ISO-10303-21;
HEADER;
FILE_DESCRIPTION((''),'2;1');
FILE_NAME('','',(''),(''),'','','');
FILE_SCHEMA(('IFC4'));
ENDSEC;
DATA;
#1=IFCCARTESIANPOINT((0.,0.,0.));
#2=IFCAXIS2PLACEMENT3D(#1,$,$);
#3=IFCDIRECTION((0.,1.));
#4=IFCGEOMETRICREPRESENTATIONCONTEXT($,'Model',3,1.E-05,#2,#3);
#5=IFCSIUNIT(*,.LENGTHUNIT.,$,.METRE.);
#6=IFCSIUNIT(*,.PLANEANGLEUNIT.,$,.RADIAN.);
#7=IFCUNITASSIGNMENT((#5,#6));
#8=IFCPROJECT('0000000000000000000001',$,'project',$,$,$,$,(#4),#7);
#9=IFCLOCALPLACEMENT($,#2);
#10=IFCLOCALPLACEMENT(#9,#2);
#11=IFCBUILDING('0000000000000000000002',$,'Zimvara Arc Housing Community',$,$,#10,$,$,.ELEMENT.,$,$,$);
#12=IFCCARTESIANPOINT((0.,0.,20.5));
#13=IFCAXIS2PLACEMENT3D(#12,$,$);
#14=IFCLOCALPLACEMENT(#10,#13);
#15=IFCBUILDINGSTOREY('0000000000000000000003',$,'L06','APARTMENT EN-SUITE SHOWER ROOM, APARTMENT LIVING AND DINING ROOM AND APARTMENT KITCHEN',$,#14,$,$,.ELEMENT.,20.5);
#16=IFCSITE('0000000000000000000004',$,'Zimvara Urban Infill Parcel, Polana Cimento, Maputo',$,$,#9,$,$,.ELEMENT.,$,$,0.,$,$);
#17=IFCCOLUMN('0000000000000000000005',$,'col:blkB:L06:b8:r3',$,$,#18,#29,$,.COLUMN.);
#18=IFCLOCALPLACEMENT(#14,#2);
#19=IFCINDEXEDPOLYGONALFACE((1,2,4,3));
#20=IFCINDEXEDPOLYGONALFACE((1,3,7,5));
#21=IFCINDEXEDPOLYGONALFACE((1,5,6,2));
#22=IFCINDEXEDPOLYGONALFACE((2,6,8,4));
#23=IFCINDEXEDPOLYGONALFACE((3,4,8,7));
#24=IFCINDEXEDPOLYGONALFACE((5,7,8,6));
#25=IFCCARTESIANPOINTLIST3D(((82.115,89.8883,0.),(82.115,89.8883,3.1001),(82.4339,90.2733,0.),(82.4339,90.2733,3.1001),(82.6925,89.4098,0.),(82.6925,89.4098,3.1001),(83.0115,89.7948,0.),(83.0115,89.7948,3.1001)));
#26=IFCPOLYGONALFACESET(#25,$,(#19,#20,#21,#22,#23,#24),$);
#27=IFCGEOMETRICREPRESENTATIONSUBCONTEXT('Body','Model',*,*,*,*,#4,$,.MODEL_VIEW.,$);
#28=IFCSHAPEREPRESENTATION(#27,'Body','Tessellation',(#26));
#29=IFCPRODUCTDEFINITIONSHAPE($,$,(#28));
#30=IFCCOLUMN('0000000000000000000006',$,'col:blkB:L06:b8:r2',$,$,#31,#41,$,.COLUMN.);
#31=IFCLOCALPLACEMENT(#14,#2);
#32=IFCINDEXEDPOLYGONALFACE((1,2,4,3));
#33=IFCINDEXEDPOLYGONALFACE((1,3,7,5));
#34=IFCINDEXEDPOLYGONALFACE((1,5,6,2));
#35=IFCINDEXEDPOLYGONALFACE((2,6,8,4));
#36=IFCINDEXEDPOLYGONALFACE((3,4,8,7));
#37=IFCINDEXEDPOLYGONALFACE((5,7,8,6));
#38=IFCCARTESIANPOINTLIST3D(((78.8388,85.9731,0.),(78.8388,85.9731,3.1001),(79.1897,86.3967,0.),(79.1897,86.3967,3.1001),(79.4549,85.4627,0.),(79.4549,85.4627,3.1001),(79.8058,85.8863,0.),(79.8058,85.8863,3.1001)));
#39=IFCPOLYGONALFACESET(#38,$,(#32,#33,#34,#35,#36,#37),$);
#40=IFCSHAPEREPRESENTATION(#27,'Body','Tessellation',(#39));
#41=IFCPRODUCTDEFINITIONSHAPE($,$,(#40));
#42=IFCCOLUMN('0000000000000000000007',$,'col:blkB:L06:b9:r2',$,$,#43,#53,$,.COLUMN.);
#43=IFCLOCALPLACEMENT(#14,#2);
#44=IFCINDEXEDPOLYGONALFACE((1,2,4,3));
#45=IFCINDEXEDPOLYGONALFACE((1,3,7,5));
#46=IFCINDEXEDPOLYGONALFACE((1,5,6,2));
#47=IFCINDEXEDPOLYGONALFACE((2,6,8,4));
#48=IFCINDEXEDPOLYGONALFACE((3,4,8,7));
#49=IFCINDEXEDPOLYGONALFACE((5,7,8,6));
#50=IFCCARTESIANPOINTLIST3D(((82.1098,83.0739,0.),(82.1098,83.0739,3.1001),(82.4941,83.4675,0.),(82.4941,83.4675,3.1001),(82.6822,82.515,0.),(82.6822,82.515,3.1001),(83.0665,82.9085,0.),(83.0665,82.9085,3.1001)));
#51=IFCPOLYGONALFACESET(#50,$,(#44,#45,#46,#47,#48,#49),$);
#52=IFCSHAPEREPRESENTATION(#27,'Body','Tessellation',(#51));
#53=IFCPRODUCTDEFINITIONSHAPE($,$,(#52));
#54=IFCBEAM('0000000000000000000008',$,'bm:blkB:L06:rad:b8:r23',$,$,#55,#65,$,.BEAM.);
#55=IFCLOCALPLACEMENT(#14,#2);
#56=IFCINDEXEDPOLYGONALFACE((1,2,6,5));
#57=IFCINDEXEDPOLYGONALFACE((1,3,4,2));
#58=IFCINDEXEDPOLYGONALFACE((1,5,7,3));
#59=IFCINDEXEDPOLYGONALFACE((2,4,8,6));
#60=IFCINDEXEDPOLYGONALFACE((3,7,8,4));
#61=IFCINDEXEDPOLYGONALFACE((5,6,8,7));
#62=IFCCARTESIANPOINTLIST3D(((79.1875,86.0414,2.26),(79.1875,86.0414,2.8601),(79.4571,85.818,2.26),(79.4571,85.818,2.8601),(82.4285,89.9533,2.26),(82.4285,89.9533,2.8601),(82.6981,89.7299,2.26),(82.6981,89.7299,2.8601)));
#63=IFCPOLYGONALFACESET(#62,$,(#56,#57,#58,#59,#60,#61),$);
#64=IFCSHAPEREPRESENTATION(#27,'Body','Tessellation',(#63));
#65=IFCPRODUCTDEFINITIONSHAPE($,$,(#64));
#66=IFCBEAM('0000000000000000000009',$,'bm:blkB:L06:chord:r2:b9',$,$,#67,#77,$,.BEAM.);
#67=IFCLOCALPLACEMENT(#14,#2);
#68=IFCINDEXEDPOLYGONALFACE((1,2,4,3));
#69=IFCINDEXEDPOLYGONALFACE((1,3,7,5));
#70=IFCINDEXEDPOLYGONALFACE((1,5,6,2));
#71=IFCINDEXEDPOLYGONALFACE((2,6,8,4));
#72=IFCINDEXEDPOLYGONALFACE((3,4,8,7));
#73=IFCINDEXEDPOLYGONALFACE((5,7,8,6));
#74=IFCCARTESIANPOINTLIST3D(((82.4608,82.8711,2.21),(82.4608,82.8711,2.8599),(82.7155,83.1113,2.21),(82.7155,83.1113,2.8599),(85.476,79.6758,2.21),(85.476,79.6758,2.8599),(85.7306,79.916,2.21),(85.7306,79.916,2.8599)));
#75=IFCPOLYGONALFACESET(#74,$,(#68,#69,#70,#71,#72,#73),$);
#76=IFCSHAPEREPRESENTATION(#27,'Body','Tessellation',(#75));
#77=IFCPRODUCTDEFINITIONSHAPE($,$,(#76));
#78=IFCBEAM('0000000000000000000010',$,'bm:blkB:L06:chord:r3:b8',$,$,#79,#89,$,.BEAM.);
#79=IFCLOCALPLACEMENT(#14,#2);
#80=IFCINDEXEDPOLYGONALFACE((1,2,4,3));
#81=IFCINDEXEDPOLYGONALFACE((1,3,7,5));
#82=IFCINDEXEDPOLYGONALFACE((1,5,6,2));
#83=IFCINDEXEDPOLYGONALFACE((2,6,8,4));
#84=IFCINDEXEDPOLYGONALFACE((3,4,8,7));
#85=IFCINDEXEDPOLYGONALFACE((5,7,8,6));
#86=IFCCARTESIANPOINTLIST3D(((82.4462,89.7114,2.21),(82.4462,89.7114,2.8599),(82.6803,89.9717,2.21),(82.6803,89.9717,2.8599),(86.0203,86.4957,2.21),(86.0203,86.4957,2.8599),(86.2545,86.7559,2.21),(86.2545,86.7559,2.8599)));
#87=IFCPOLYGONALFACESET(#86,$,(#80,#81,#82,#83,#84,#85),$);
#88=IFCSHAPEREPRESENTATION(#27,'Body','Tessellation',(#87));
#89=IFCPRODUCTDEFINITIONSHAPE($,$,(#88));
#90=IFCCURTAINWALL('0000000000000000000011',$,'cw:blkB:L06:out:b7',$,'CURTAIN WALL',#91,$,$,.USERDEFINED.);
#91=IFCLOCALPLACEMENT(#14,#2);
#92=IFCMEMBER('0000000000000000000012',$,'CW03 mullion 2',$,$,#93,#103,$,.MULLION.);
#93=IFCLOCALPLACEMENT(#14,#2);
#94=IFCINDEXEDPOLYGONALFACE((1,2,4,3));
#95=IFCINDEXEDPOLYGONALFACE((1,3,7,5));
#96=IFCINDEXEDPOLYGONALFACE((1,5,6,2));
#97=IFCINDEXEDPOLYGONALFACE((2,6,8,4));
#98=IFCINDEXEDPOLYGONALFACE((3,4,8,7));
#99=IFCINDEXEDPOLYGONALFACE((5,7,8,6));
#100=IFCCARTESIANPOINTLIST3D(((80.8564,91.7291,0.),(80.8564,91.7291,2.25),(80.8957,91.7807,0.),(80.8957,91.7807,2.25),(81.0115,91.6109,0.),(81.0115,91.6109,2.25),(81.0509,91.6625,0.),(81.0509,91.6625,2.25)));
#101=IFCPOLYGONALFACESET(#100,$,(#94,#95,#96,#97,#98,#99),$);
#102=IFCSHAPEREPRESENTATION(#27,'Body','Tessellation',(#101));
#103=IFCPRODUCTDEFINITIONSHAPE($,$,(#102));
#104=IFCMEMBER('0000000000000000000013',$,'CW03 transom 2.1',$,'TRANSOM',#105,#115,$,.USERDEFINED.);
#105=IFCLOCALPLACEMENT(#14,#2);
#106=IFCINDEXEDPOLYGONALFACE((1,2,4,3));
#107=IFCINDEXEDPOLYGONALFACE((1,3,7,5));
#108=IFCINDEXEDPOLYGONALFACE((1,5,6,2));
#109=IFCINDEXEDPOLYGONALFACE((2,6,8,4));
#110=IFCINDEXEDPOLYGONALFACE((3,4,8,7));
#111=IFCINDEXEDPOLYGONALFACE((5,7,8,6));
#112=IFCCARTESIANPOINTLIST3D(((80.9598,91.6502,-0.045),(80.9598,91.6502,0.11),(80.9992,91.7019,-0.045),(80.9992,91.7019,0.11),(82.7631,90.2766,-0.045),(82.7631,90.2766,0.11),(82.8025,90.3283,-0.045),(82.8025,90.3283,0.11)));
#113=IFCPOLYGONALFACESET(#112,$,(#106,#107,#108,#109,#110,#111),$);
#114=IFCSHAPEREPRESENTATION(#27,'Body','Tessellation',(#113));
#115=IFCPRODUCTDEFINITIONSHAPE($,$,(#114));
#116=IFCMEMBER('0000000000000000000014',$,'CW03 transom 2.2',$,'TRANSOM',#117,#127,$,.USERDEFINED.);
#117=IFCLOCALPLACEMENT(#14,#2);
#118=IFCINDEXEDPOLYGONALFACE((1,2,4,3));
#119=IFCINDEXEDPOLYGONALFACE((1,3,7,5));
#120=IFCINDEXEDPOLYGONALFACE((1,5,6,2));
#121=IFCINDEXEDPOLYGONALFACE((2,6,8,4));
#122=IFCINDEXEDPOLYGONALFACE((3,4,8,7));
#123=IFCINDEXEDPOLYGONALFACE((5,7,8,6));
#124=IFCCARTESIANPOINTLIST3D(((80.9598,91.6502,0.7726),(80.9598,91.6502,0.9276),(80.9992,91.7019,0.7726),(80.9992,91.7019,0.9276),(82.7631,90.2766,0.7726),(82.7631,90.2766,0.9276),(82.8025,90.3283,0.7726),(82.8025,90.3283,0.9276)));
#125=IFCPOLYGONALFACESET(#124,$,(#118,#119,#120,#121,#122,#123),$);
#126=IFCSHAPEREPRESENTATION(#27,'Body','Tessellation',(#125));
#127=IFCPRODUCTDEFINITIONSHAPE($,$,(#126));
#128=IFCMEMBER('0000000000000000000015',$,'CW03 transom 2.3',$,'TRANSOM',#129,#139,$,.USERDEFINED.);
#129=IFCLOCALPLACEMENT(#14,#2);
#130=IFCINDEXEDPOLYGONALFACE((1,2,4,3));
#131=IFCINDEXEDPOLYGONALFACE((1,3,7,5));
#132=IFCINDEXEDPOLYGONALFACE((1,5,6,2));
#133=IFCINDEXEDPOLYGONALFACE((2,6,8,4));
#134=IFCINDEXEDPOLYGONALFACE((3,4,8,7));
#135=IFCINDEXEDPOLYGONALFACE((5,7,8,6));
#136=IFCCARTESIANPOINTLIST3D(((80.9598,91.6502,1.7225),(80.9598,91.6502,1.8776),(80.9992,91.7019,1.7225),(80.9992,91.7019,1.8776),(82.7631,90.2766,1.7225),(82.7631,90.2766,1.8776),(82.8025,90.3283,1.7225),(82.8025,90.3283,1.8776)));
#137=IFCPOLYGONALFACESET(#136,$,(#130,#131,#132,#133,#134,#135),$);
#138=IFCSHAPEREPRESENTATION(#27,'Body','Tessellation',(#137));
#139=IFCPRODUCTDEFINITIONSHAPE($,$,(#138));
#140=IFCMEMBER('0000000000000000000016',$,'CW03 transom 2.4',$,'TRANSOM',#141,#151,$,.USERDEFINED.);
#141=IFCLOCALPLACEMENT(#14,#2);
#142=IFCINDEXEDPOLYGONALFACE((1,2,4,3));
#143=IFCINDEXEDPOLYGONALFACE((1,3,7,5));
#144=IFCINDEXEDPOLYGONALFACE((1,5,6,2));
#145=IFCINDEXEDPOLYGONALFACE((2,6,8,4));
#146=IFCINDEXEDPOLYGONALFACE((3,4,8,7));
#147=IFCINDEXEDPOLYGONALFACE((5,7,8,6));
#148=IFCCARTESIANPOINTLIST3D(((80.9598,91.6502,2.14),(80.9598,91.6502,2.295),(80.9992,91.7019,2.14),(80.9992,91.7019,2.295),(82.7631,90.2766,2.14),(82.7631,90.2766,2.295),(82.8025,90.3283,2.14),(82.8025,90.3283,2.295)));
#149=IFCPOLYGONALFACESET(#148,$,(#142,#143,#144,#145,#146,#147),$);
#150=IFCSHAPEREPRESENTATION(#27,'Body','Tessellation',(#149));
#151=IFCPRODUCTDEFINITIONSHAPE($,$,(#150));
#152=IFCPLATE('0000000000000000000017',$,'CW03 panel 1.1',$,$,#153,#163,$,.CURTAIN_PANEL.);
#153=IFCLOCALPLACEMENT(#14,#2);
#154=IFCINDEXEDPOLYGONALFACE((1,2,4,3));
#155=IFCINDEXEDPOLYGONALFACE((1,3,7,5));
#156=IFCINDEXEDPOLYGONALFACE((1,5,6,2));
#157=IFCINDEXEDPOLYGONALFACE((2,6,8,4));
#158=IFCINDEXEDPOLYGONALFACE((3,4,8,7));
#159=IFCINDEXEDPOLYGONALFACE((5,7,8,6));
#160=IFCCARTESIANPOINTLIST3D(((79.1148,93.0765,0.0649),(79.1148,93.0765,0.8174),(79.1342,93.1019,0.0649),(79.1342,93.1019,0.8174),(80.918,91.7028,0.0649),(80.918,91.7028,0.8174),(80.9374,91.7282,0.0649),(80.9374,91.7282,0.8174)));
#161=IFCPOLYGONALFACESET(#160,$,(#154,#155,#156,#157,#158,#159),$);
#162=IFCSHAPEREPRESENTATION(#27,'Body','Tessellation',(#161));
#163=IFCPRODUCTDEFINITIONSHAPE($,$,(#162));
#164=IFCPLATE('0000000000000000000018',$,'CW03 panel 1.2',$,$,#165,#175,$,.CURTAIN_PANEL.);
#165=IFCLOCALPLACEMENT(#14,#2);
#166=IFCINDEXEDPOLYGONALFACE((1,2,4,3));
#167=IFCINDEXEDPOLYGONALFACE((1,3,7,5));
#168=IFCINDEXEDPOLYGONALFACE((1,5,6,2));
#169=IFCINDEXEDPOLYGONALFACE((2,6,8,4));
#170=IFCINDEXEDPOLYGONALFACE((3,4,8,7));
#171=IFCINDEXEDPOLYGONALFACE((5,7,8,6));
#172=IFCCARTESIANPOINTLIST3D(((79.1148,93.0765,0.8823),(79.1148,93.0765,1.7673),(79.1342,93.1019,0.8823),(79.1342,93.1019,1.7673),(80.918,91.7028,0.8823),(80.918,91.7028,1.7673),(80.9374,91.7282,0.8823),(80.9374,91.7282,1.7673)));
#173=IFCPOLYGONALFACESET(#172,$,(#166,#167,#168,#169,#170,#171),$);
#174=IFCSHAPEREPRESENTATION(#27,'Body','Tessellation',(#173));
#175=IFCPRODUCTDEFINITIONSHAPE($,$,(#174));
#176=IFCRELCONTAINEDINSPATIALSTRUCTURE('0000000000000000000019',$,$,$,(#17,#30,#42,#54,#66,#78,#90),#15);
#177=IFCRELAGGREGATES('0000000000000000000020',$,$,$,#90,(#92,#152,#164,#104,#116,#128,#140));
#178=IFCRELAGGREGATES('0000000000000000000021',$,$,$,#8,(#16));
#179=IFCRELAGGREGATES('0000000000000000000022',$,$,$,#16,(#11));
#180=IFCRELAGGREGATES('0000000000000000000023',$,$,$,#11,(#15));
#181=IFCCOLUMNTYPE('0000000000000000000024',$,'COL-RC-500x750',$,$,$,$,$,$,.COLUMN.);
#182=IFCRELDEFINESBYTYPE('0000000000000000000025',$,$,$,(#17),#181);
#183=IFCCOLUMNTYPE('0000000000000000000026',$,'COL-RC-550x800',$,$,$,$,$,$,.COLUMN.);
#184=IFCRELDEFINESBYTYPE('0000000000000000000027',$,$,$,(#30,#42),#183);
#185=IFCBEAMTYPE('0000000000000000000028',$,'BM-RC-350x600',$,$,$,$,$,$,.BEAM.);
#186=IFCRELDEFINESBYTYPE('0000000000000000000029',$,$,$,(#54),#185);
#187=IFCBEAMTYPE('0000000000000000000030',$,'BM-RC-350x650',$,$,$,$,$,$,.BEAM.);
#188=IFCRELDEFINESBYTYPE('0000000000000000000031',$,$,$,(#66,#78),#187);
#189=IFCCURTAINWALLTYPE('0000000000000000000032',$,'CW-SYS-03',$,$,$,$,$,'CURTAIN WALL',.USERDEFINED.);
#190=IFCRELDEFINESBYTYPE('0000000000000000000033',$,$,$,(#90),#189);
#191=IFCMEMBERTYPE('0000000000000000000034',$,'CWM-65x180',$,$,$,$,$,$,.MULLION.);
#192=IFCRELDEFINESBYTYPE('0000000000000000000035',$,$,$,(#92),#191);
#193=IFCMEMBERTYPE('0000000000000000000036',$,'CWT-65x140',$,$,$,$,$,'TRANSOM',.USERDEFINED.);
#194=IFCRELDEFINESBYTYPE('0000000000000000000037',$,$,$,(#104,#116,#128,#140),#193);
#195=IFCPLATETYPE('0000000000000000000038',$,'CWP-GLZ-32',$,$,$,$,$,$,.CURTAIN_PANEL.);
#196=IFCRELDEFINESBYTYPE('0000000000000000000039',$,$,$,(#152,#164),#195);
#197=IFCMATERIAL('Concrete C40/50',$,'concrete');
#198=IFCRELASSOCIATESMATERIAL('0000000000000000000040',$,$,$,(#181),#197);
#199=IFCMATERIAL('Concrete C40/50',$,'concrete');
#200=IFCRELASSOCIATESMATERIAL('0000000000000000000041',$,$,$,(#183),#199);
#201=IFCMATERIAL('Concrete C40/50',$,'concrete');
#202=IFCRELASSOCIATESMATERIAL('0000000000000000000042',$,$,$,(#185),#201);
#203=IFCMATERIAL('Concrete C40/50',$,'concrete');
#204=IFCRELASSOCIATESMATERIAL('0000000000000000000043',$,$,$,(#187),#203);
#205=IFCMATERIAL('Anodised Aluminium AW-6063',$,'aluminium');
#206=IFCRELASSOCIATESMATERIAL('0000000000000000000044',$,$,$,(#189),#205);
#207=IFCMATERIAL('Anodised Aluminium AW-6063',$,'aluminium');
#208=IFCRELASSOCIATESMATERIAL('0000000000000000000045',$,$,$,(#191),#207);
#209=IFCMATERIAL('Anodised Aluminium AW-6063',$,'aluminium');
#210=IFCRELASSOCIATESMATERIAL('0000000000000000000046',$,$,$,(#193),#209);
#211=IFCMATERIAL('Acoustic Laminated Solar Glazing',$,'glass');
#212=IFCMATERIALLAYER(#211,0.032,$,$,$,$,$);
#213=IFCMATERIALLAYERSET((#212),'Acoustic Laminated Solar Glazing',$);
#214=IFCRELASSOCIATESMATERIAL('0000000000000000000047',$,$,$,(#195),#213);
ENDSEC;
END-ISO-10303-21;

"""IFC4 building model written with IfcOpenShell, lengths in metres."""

from ifc_helpers import new_model, si_unit, direction, frame, origin, origin_2d, place, context, subcontext, project, spatial, rectangle, extrude, material, layer, layer_set, material_profile, profile_set, type_object, element, aggregate, save


model = new_model("IFC4")

# Units and contexts
model_context = context("Model", 3, precision=1e-05, world=origin(), true_north=direction((0.0, 1.0)))
body_context = subcontext(model_context, "Body", "Model", "MODEL_VIEW")
ifc_project = project(units=[si_unit("LENGTHUNIT", "METRE"), si_unit("PLANEANGLEUNIT", "RADIAN")], contexts=[model_context])

# Site, building, storey
site_placement = place(None, origin())
site = spatial("IfcSite", under=ifc_project, at=site_placement, Name="Zimvara Urban Infill Parcel, Polana Cimento, Maputo", CompositionType="ELEMENT", RefElevation=0.0)
building_placement = place(site_placement, origin())
building = spatial("IfcBuilding", under=site, at=building_placement, Name="Zimvara Arc Housing Community", CompositionType="ELEMENT")
storey_placement = place(building_placement, frame((0.0, 0.0, 20.5)))
storey = spatial("IfcBuildingStorey", under=building, at=storey_placement, Name="L06", Description="APARTMENT EN-SUITE SHOWER ROOM, APARTMENT LIVING AND DINING ROOM AND APARTMENT KITCHEN", CompositionType="ELEMENT", Elevation=20.5)

# Columns
ifc_material_1 = material(Name="Concrete C40/50", Category="concrete")
ifc_material_profile_1 = material_profile(ifc_material_1, rectangle(XDim=0.5, YDim=0.75, at=origin_2d()), Name="RC 500x750")
ifc_profile_set_1 = profile_set([ifc_material_profile_1], Name="Concrete C40/50")
column_type_1 = type_object("IfcColumnType", Name="COL-RC-500x750", PredefinedType="COLUMN", material=ifc_profile_set_1)
column_placement = place(storey_placement, frame((82.5632, 89.8416, 0.0), z_axis=(0.0, 0.0, 1.0), x_axis=(0.637962, 0.770068, 0.0)))
element("IfcColumn", 1, at=column_placement, inside=storey, type_object=column_type_1, Name="col:blkB:L06:b8:r3", PredefinedType="COLUMN", context=body_context, shape_type="SweptSolid", body=[
    extrude(rectangle(XDim=0.5, YDim=0.75, at=origin_2d()), origin(), (0.0, 0.0, 1.0), 3.1001),
])
ifc_material_2 = material(Name="Concrete C40/50", Category="concrete")
ifc_material_profile_2 = material_profile(ifc_material_2, rectangle(XDim=0.55, YDim=0.8, at=origin_2d()), Name="RC 550x800")
ifc_profile_set_2 = profile_set([ifc_material_profile_2], Name="Concrete C40/50")
column_type_2 = type_object("IfcColumnType", Name="COL-RC-550x800", PredefinedType="COLUMN", material=ifc_profile_set_2)
for number, where, z_axis, x_axis, name in (
    (2, (79.3223, 85.9297, 0.0), (0.0, 0.0, 1.0), (0.637962, 0.770068, 0.0), "col:blkB:L06:b8:r2"),
    (3, (82.5881, 82.9912, 0.0), (0.0, 0.0, 1.0), (0.698665, 0.715449, 0.0), "col:blkB:L06:b9:r2"),
):
    element("IfcColumn", number, at=place(storey_placement, frame(where, z_axis=z_axis, x_axis=x_axis)), inside=storey, type_object=column_type_2, Name=name, PredefinedType="COLUMN", context=body_context, shape_type="SweptSolid", body=[
        extrude(rectangle(XDim=0.55, YDim=0.8, at=origin_2d()), origin(), (0.0, 0.0, 1.0), 3.1001),
    ])

# Beams
ifc_material_3 = material(Name="Concrete C40/50", Category="concrete")
ifc_material_profile_3 = material_profile(ifc_material_3, rectangle(XDim=0.3501, YDim=0.6001, at=origin_2d()), Name="RC 350x600")
ifc_profile_set_3 = profile_set([ifc_material_profile_3], Name="Concrete C40/50")
beam_type_1 = type_object("IfcBeamType", Name="BM-RC-350x600", PredefinedType="BEAM", material=ifc_profile_set_3)
beam_1_placement = place(storey_placement, frame((79.3223, 85.9297, 2.5601), z_axis=(0.637984, 0.77005, 0.0), x_axis=(-0.77005, 0.637984, 0.0)))
element("IfcBeam", 4, at=beam_1_placement, inside=storey, type_object=beam_type_1, Name="bm:blkB:L06:rad:b8:r23", PredefinedType="BEAM", context=body_context, shape_type="SweptSolid", body=[
    extrude(rectangle(XDim=0.3501, YDim=0.6001, at=origin_2d()), origin(), (0.0, 0.0, 1.0), 5.0801),
])
ifc_material_4 = material(Name="Concrete C40/50", Category="concrete")
ifc_material_profile_4 = material_profile(ifc_material_4, rectangle(XDim=0.3501, YDim=0.6499, at=origin_2d()), Name="RC 350x650")
ifc_profile_set_4 = profile_set([ifc_material_profile_4], Name="Concrete C40/50")
beam_type_2 = type_object("IfcBeamType", Name="BM-RC-350x650", PredefinedType="BEAM", material=ifc_profile_set_4)
beam_2_placement = place(storey_placement, frame((82.5881, 82.9912, 2.5349), z_axis=(0.686304, -0.727315, 0.0), x_axis=(0.727315, 0.686304, 0.0)))
element("IfcBeam", 5, at=beam_2_placement, inside=storey, type_object=beam_type_2, Name="bm:blkB:L06:chord:r2:b9", PredefinedType="BEAM", context=body_context, shape_type="SweptSolid", body=[
    extrude(rectangle(XDim=0.3501, YDim=0.6499, at=origin_2d()), origin(), (0.0, 0.0, 1.0), 4.3933),
])
beam_3_placement = place(storey_placement, frame((82.5632, 89.8416, 2.5349), z_axis=(0.743395, -0.668853, 0.0), x_axis=(0.668853, 0.743395, 0.0)))
element("IfcBeam", 6, at=beam_3_placement, inside=storey, type_object=beam_type_2, Name="bm:blkB:L06:chord:r3:b8", PredefinedType="BEAM", context=body_context, shape_type="SweptSolid", body=[
    extrude(rectangle(XDim=0.3501, YDim=0.6499, at=origin_2d()), origin(), (0.0, 0.0, 1.0), 4.8079),
])

# Curtain wall, members, plates
ifc_material_5 = material(Name="Anodised Aluminium AW-6063", Category="aluminium")
curtain_wall_type = type_object("IfcCurtainWallType", Name="CW-SYS-03", ElementType="CURTAIN WALL", PredefinedType="USERDEFINED", material=ifc_material_5)
curtain_wall_placement = place(storey_placement, origin())
curtain_wall = element("IfcCurtainWall", 7, at=curtain_wall_placement, inside=storey, type_object=curtain_wall_type, Name="cw:blkB:L06:out:b7", ObjectType="CURTAIN WALL", PredefinedType="USERDEFINED")
ifc_material_6 = material(Name="Anodised Aluminium AW-6063", Category="aluminium")
ifc_material_profile_5 = material_profile(ifc_material_6, rectangle(XDim=0.0649, YDim=0.1951, at=origin_2d()), Name="ALU 65x195")
ifc_profile_set_5 = profile_set([ifc_material_profile_5], Name="Anodised Aluminium AW-6063")
member_type_1 = type_object("IfcMemberType", Name="CWM-65x180", PredefinedType="MULLION", material=ifc_profile_set_5)
member_1_placement = place(storey_placement, frame((80.9536, 91.6958, 0.0), z_axis=(0.0, 0.0, 1.0), x_axis=(0.605988, 0.795474, 0.0)))
member_1 = element("IfcMember", 8, at=member_1_placement, type_object=member_type_1, Name="CW03 mullion 2", PredefinedType="MULLION", context=body_context, shape_type="SweptSolid", body=[
    extrude(rectangle(XDim=0.0649, YDim=0.1951, at=origin_2d()), origin(), (0.0, 0.0, 1.0), 2.25),
])
ifc_material_7 = material(Name="Anodised Aluminium AW-6063", Category="aluminium")
ifc_material_profile_6 = material_profile(ifc_material_7, rectangle(XDim=0.0649, YDim=0.155, at=origin_2d()), Name="ALU 65x155")
ifc_profile_set_6 = profile_set([ifc_material_profile_6], Name="Anodised Aluminium AW-6063")
member_type_2 = type_object("IfcMemberType", Name="CWT-65x140", ElementType="TRANSOM", PredefinedType="USERDEFINED", material=ifc_profile_set_6)
member_2_placement = place(storey_placement, frame((80.9795, 91.676, 0.0325), z_axis=(0.795506, -0.605946, 0.0), x_axis=(0.605946, 0.795506, 0.0)))
member_2 = element("IfcMember", 9, at=member_2_placement, type_object=member_type_2, Name="CW03 transom 2.1", ObjectType="TRANSOM", PredefinedType="USERDEFINED", context=body_context, shape_type="SweptSolid", body=[
    extrude(rectangle(XDim=0.0649, YDim=0.155, at=origin_2d()), origin(), (0.0, 0.0, 1.0), 2.2668),
])
member_3_placement = place(storey_placement, frame((80.9795, 91.676, 0.8501), z_axis=(0.795506, -0.605946, 0.0), x_axis=(0.605946, 0.795506, 0.0)))
member_3 = element("IfcMember", 10, at=member_3_placement, type_object=member_type_2, Name="CW03 transom 2.2", ObjectType="TRANSOM", PredefinedType="USERDEFINED", context=body_context, shape_type="SweptSolid", body=[
    extrude(rectangle(XDim=0.0649, YDim=0.155, at=origin_2d()), origin(), (0.0, 0.0, 1.0), 2.2668),
])
member_4_placement = place(storey_placement, frame((80.9795, 91.676, 1.8), z_axis=(0.795506, -0.605946, 0.0), x_axis=(0.605946, 0.795506, 0.0)))
member_4 = element("IfcMember", 11, at=member_4_placement, type_object=member_type_2, Name="CW03 transom 2.3", ObjectType="TRANSOM", PredefinedType="USERDEFINED", context=body_context, shape_type="SweptSolid", body=[
    extrude(rectangle(XDim=0.0649, YDim=0.155, at=origin_2d()), origin(), (0.0, 0.0, 1.0), 2.2668),
])
member_5_placement = place(storey_placement, frame((80.9795, 91.676, 2.2175), z_axis=(0.795506, -0.605946, 0.0), x_axis=(0.605946, 0.795506, 0.0)))
member_5 = element("IfcMember", 12, at=member_5_placement, type_object=member_type_2, Name="CW03 transom 2.4", ObjectType="TRANSOM", PredefinedType="USERDEFINED", context=body_context, shape_type="SweptSolid", body=[
    extrude(rectangle(XDim=0.0649, YDim=0.155, at=origin_2d()), origin(), (0.0, 0.0, 1.0), 2.2668),
])
ifc_material_8 = material(Name="Acoustic Laminated Solar Glazing", Category="glass")
ifc_layer_1 = layer(ifc_material_8, 0.032)
ifc_layer_set_1 = layer_set([ifc_layer_1], Name="Acoustic Laminated Solar Glazing")
plate_type = type_object("IfcPlateType", Name="CWP-GLZ-32", PredefinedType="CURTAIN_PANEL", material=ifc_layer_set_1)
plate_1_placement = place(storey_placement, frame((80.0261, 92.4023, 0.0649), z_axis=(0.0, 0.0, 1.0), x_axis=(0.795474, -0.605988, 0.0)))
plate_1 = element("IfcPlate", 13, at=plate_1_placement, type_object=plate_type, Name="CW03 panel 1.1", PredefinedType="CURTAIN_PANEL", context=body_context, shape_type="SweptSolid", body=[
    extrude(rectangle(XDim=2.2668, YDim=0.032, at=origin_2d()), origin(), (0.0, 0.0, 1.0), 0.7524),
])
plate_2_placement = place(storey_placement, frame((80.0261, 92.4023, 0.8823), z_axis=(0.0, 0.0, 1.0), x_axis=(0.795474, -0.605988, 0.0)))
plate_2 = element("IfcPlate", 14, at=plate_2_placement, type_object=plate_type, Name="CW03 panel 1.2", PredefinedType="CURTAIN_PANEL", context=body_context, shape_type="SweptSolid", body=[
    extrude(rectangle(XDim=2.2668, YDim=0.032, at=origin_2d()), origin(), (0.0, 0.0, 1.0), 0.885),
])
aggregate(curtain_wall, [member_1, plate_1, plate_2, member_2, member_3, member_4, member_5])

save(model, "model.ifc")
